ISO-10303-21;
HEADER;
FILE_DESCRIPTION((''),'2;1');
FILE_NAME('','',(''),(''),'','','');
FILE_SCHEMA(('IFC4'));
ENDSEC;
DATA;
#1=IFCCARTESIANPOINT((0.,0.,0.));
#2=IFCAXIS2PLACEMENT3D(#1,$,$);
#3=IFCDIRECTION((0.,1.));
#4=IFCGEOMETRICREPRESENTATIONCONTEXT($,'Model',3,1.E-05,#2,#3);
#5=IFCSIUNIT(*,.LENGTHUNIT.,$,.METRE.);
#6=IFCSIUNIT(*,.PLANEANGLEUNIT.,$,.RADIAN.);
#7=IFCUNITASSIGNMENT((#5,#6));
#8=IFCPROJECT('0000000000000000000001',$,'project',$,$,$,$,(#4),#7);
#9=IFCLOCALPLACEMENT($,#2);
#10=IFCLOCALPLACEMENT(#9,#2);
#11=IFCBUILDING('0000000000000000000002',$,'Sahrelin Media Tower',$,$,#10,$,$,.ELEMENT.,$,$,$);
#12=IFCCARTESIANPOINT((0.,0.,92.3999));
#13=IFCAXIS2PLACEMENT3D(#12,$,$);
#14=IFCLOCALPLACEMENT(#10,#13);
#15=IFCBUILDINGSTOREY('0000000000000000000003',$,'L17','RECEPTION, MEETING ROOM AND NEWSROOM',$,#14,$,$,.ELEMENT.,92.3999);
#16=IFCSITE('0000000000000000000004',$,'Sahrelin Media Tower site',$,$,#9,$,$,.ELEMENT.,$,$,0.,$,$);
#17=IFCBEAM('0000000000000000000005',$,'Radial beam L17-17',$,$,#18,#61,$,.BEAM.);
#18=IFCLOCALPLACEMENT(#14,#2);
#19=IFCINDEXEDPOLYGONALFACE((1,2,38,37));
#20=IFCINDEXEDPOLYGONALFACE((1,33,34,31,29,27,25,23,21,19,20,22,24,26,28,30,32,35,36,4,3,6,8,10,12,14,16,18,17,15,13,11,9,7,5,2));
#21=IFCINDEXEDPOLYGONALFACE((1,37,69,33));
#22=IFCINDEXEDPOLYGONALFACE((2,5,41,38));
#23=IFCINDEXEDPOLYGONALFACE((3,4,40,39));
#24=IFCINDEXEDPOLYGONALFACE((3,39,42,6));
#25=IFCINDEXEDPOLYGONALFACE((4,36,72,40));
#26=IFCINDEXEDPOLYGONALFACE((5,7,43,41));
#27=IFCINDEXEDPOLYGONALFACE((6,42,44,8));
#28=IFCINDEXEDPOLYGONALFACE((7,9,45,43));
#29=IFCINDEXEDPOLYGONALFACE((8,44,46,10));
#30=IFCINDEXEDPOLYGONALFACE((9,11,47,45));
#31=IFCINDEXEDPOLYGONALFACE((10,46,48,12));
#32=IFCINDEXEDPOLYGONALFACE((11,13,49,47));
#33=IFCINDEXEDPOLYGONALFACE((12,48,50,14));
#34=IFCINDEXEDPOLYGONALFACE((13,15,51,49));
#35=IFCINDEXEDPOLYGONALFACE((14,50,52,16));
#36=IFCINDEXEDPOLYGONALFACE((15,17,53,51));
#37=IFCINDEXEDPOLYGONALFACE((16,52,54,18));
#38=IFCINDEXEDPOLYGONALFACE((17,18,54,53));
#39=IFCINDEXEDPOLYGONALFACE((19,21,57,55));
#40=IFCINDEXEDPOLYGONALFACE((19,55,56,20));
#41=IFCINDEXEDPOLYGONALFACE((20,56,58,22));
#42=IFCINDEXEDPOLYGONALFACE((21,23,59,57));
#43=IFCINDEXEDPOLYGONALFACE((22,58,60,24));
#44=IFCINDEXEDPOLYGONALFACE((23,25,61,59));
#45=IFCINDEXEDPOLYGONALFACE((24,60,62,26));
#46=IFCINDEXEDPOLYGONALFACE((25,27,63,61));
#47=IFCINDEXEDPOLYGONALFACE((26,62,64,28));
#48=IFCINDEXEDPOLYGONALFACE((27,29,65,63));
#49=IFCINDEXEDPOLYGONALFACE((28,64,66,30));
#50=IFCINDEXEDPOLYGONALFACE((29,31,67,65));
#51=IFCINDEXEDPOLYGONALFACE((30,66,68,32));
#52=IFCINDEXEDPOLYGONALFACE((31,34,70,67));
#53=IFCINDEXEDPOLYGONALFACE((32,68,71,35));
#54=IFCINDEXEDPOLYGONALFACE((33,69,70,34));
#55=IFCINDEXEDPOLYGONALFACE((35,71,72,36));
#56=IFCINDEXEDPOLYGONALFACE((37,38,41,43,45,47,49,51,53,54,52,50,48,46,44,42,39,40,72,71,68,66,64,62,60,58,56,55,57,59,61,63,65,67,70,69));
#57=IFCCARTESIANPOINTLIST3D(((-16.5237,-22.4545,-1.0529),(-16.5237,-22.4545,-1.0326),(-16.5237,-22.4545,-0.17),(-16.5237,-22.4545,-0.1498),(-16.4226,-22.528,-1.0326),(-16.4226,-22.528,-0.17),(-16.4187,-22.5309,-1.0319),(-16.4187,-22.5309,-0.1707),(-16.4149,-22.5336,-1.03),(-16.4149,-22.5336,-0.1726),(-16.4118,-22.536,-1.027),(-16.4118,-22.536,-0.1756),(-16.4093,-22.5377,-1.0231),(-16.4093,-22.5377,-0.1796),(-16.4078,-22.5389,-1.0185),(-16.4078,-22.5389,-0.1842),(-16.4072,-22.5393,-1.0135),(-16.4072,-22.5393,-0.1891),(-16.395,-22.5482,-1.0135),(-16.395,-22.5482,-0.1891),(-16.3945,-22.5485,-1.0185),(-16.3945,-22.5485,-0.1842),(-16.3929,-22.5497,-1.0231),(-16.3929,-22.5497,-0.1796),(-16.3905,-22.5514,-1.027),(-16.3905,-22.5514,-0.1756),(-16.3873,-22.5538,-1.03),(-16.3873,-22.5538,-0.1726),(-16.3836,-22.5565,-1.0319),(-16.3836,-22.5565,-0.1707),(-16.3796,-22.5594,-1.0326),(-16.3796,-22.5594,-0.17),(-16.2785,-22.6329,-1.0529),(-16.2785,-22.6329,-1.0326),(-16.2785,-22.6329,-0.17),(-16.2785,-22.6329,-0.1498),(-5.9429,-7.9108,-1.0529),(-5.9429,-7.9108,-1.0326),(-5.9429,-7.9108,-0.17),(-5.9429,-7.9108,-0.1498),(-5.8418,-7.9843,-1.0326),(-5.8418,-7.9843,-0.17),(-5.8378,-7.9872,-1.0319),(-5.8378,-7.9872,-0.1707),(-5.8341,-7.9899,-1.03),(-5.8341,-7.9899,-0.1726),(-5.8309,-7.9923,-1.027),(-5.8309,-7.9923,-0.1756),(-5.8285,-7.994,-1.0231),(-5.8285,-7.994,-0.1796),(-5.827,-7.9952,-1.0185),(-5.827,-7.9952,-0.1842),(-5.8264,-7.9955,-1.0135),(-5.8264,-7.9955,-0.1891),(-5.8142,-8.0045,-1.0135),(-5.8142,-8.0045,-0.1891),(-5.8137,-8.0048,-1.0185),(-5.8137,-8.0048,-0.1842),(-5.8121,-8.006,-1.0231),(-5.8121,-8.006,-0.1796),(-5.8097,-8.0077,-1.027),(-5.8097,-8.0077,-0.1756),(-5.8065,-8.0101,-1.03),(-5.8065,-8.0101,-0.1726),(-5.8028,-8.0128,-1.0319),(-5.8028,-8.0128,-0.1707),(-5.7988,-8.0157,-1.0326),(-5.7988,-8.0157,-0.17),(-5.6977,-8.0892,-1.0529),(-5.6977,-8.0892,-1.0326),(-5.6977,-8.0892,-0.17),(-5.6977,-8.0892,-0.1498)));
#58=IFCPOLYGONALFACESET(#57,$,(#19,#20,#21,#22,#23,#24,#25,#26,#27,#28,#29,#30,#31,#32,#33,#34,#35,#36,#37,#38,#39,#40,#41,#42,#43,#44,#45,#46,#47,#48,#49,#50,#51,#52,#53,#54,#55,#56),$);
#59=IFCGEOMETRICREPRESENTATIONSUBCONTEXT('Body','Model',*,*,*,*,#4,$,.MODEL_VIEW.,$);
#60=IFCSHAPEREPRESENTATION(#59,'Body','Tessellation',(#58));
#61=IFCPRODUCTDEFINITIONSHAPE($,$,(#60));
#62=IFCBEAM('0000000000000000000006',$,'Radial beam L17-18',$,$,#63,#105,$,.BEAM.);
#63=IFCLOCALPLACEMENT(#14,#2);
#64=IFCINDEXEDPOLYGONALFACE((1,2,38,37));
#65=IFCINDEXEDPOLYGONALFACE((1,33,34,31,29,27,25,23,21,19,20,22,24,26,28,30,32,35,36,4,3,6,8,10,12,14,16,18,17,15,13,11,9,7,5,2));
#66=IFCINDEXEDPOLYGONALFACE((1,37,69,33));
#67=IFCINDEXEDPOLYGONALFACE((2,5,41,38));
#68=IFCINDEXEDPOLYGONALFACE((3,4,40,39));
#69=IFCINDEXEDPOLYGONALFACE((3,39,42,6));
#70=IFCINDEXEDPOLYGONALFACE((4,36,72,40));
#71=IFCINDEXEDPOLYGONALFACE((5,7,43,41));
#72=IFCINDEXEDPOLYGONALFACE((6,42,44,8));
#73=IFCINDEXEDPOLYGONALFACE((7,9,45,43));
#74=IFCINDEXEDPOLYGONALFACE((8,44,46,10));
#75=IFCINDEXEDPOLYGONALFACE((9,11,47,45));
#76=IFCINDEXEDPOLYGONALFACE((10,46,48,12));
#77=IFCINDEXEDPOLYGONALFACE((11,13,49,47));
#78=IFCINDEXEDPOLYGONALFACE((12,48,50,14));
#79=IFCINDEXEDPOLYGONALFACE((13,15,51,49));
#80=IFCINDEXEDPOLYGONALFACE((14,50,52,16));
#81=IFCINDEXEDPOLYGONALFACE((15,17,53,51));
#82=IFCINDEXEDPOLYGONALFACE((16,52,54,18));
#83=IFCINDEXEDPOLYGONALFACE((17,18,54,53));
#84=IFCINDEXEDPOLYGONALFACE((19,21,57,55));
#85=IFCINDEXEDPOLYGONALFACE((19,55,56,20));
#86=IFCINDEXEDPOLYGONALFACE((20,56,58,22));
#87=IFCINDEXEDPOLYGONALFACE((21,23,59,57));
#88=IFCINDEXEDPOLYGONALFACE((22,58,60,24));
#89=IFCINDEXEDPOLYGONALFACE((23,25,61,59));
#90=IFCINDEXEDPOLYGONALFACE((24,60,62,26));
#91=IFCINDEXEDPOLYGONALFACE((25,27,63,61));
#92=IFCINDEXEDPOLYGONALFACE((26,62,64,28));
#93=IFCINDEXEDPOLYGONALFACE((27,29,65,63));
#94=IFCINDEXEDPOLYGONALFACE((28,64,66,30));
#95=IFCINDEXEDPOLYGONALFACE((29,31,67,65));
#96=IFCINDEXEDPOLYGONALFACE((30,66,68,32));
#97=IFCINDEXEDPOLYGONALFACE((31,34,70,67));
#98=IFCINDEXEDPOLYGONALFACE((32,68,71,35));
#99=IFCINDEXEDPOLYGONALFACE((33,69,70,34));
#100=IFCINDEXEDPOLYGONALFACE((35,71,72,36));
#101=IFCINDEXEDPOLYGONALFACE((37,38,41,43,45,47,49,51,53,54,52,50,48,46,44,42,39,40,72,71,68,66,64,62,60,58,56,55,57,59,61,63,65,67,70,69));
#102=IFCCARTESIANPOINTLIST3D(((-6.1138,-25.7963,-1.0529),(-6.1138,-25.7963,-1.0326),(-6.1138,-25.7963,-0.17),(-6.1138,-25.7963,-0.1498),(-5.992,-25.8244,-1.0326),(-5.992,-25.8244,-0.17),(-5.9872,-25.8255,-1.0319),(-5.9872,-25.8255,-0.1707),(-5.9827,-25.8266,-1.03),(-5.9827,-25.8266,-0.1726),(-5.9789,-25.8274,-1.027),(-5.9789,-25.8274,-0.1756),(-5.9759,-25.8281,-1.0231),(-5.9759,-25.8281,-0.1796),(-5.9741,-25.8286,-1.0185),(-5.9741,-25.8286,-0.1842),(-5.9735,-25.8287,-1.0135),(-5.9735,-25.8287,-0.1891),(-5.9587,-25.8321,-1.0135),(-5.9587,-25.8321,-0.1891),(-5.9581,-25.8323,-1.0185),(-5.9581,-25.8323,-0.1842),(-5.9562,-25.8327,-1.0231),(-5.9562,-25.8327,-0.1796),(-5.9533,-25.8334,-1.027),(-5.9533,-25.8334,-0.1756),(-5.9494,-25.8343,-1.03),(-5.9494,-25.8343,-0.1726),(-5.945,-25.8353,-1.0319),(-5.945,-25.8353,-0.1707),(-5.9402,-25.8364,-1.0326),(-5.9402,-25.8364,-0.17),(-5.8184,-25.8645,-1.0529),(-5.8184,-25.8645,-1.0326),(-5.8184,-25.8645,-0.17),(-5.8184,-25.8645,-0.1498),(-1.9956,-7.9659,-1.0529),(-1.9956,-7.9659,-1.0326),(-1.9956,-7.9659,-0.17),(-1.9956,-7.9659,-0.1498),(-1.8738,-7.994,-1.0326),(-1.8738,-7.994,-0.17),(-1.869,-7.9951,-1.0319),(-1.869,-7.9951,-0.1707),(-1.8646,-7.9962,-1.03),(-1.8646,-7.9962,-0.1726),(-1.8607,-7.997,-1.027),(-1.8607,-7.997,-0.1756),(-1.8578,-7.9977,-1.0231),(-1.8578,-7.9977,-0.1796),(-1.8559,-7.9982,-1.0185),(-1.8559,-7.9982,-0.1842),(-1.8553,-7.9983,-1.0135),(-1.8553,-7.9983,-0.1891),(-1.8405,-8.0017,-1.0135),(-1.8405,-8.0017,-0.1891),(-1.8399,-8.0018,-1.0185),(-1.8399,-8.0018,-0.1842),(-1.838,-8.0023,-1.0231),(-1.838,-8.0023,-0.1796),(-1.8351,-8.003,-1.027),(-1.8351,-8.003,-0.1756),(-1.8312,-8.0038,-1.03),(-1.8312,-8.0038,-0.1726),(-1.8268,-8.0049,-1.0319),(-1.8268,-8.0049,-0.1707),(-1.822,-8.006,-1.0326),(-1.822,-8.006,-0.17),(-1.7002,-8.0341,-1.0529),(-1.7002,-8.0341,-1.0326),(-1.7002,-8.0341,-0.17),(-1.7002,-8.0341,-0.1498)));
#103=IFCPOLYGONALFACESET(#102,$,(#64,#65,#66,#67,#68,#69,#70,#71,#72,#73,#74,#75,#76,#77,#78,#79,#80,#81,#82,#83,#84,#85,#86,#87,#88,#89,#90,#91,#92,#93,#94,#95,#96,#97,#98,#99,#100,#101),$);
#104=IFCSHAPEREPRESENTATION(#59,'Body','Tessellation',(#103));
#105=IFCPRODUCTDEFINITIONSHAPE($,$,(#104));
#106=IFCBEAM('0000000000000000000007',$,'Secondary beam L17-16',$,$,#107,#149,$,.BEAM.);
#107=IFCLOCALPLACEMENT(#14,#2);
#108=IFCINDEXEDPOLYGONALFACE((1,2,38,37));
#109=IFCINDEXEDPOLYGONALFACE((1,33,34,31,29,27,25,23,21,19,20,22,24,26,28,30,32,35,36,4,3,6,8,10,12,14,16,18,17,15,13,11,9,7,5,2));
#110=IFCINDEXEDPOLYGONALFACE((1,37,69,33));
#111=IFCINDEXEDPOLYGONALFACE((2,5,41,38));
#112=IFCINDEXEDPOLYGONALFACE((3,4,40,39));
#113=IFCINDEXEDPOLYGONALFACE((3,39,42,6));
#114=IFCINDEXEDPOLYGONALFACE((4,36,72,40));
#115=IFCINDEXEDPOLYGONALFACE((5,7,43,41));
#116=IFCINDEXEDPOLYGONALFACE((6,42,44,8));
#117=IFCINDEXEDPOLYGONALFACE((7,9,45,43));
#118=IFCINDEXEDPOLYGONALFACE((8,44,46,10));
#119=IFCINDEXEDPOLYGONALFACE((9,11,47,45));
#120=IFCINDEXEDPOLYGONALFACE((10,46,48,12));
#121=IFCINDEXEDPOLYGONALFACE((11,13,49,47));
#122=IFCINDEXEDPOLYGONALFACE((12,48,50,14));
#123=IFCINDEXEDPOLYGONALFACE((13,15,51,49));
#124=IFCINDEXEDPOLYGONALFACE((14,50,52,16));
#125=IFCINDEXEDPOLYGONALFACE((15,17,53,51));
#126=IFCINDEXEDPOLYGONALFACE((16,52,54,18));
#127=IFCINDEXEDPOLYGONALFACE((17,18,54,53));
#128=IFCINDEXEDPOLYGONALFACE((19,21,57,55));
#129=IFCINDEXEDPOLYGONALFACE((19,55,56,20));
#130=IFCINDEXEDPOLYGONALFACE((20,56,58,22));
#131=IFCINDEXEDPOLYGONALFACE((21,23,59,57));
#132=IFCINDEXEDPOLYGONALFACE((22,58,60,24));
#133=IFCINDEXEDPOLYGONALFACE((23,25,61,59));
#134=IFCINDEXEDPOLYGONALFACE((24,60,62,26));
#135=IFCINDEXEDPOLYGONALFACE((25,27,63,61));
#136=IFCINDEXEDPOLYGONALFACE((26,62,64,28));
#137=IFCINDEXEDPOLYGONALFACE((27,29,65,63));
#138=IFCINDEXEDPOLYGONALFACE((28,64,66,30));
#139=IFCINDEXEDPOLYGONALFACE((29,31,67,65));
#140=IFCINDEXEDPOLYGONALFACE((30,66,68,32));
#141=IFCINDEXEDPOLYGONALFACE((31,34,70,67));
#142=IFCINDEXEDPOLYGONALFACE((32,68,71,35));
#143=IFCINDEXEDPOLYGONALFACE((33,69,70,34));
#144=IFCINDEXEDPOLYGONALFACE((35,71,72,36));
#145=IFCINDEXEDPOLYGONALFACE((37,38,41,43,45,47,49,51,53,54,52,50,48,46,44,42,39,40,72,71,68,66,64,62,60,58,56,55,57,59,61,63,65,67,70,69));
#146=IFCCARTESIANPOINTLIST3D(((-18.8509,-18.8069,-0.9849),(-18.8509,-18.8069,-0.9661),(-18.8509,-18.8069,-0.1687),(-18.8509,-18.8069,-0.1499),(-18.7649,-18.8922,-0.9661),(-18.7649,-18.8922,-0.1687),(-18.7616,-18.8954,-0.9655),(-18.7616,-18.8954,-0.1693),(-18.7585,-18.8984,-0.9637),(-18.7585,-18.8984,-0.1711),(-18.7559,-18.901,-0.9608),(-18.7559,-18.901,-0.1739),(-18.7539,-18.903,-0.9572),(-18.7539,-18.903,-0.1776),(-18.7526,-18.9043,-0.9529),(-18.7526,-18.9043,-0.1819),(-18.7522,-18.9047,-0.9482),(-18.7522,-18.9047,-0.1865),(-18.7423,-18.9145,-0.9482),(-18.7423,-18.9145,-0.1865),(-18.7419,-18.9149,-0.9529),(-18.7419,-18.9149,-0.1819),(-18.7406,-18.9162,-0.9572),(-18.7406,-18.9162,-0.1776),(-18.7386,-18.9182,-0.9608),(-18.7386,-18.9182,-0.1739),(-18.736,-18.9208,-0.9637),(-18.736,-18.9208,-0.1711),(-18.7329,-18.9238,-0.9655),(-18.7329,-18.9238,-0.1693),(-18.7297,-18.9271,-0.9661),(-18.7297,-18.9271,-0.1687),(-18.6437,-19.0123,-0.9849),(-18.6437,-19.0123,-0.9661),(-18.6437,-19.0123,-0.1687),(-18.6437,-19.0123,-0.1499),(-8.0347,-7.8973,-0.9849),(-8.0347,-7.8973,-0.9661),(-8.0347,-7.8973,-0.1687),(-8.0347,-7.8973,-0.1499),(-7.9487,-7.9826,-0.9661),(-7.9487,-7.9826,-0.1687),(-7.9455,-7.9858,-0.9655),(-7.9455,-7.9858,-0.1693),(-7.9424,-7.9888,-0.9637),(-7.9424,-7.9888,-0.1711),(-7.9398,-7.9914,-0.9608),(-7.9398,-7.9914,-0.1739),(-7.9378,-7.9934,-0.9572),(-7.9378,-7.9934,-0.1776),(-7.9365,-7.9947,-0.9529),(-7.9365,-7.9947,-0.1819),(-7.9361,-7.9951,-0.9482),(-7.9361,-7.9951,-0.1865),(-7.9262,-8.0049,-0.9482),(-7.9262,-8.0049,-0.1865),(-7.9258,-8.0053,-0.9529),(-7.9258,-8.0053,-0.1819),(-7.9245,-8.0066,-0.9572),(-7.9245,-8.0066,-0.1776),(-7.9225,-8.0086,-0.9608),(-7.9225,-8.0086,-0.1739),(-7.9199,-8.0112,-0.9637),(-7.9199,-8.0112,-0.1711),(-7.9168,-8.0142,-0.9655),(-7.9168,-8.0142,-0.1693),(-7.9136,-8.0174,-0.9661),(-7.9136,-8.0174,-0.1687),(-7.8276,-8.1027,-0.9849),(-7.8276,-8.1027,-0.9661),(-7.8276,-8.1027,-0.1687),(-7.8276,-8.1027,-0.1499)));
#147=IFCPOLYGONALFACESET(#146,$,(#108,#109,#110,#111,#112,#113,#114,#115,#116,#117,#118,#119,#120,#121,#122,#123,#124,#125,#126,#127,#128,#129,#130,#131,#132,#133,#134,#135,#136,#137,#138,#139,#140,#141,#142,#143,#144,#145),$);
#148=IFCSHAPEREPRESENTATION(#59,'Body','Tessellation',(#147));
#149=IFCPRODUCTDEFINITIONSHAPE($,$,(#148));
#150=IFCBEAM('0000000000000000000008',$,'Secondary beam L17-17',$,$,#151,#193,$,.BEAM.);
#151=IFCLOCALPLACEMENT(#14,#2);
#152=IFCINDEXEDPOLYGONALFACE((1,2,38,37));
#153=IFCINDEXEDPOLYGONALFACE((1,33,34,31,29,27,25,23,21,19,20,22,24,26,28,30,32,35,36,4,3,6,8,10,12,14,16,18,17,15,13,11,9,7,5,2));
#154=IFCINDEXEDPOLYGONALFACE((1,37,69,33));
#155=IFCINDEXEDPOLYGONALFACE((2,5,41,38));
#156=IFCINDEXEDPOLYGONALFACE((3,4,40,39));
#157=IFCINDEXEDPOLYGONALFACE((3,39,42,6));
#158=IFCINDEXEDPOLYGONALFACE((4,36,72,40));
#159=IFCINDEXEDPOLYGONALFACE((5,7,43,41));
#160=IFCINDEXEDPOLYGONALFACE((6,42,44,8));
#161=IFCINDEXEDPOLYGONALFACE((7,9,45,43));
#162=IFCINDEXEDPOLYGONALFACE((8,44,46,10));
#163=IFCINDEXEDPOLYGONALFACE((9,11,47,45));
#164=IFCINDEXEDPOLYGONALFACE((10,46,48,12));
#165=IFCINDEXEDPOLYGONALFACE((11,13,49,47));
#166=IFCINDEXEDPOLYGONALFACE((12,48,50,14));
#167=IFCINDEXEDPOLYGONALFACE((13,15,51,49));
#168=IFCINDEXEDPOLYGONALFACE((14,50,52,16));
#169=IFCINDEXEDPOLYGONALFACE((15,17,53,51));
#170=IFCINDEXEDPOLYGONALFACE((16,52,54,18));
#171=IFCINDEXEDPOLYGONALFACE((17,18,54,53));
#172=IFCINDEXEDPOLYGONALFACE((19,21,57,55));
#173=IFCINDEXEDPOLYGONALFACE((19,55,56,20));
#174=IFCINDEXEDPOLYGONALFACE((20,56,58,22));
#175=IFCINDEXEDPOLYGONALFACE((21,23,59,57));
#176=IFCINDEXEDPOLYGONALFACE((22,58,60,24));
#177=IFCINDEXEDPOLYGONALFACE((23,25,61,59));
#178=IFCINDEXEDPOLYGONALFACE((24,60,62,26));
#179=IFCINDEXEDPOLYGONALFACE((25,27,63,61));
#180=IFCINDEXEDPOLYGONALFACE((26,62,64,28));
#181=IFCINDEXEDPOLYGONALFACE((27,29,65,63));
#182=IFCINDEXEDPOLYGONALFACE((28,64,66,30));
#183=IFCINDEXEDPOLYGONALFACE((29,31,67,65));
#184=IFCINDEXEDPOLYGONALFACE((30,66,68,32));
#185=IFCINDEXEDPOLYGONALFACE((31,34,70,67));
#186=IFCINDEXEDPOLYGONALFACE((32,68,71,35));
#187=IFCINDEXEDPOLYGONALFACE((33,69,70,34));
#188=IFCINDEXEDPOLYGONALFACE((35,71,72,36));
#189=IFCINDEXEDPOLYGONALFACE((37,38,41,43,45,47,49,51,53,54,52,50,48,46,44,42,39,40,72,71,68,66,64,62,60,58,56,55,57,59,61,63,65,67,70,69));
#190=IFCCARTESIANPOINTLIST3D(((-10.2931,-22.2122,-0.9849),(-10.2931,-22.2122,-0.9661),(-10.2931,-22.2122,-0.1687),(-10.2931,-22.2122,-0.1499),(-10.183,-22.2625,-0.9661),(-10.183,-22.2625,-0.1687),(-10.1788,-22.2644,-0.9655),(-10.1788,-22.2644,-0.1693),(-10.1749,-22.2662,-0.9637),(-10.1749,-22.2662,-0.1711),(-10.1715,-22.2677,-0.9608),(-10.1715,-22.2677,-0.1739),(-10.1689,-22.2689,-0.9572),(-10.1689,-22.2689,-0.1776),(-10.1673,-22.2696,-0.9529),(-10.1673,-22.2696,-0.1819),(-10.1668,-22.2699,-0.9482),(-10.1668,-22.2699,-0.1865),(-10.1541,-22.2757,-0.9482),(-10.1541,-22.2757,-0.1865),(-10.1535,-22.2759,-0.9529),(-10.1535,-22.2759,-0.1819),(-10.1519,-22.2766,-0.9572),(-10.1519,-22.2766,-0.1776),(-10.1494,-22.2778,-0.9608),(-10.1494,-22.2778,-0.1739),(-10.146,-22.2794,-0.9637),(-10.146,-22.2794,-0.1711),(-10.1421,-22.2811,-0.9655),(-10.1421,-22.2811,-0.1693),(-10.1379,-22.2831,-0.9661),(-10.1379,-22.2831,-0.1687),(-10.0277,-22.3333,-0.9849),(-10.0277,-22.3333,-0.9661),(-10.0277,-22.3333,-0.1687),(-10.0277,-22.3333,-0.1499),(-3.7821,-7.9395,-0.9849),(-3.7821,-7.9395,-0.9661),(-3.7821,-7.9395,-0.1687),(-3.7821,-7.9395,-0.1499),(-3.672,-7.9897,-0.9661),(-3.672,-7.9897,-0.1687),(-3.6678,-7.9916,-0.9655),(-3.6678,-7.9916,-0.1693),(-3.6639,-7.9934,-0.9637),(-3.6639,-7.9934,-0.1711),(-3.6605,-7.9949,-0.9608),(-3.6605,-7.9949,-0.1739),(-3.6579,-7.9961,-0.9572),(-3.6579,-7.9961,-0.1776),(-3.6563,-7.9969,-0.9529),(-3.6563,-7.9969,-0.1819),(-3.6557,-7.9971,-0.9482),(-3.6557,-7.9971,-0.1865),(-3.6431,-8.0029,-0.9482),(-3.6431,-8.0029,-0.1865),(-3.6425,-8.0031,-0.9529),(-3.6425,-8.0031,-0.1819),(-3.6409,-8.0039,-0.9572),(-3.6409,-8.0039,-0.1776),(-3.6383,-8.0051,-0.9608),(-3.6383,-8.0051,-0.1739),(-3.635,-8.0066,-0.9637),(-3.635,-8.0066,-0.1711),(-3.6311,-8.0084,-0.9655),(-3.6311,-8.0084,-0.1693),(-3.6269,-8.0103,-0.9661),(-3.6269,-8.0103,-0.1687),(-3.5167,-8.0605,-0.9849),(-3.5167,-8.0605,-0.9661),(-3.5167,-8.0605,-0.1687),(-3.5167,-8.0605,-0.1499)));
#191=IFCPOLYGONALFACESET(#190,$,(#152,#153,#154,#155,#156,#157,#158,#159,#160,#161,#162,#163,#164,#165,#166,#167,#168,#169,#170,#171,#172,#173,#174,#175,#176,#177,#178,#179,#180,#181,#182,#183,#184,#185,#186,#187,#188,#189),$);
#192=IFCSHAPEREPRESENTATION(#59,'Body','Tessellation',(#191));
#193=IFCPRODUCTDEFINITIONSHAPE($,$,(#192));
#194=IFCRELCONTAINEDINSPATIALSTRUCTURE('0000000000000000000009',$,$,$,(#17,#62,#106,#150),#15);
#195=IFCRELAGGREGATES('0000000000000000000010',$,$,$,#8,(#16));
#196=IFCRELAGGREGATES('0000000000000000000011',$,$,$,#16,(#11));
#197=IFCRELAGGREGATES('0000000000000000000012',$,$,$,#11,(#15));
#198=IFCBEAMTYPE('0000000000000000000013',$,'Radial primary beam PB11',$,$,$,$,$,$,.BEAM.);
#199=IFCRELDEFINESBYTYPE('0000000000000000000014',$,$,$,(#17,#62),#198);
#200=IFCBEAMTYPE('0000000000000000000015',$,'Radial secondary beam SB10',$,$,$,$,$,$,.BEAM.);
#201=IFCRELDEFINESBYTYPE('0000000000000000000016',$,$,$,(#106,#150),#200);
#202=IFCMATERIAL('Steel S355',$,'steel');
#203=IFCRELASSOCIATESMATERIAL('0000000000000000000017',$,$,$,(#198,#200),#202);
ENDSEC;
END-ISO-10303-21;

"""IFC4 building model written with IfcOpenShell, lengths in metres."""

from ifc_helpers import new_model, si_unit, direction, frame, origin, origin_2d, place, context, subcontext, project, spatial, i_section, extrude, material, material_profile, profile_set, type_object, element, save


model = new_model("IFC4")

# Units and contexts
model_context = context("Model", 3, precision=1e-05, world=origin(), true_north=direction((0.0, 1.0)))
body_context = subcontext(model_context, "Body", "Model", "MODEL_VIEW")
ifc_project = project(units=[si_unit("LENGTHUNIT", "METRE"), si_unit("PLANEANGLEUNIT", "RADIAN")], contexts=[model_context])

# Site, building, storey
site_placement = place(None, origin())
site = spatial("IfcSite", under=ifc_project, at=site_placement, Name="Sahrelin Media Tower site", CompositionType="ELEMENT", RefElevation=0.0)
building_placement = place(site_placement, origin())
building = spatial("IfcBuilding", under=site, at=building_placement, Name="Sahrelin Media Tower", CompositionType="ELEMENT")
storey_placement = place(building_placement, frame((0.0, 0.0, 92.3999)))
storey = spatial("IfcBuildingStorey", under=building, at=storey_placement, Name="L17", Description="RECEPTION, MEETING ROOM AND NEWSROOM", CompositionType="ELEMENT", Elevation=92.3999)

# Beams
ifc_material_1 = material(Name="Steel S355", Category="steel")
ifc_material_profile_1 = material_profile(ifc_material_1, i_section(OverallWidth=0.3032, OverallDepth=0.9031, WebThickness=0.0151, FlangeThickness=0.0203, FilletRadius=0.019, at=origin_2d()), Name="UB 914x305x201")
ifc_profile_set_1 = profile_set([ifc_material_profile_1], Name="Steel S355")
beam_type_1 = type_object("IfcBeamType", Name="Radial primary beam PB11", PredefinedType="BEAM", material=ifc_profile_set_1)
beam_1_placement = place(storey_placement, frame((-5.8203, -8.0, -0.6013), z_axis=(-0.588302, -0.808642, 0.0), x_axis=(0.808642, -0.588302, 0.0)))
element("IfcBeam", 1, at=beam_1_placement, inside=storey, type_object=beam_type_1, Name="Radial beam L17-17", PredefinedType="BEAM", context=body_context, shape_type="SweptSolid", body=[
    extrude(i_section(OverallWidth=0.3032, OverallDepth=0.9031, WebThickness=0.0151, FlangeThickness=0.0203, FilletRadius=0.019, at=origin_2d()), origin(), (0.0, 0.0, 1.0), 17.9854),
])
beam_2_placement = place(storey_placement, frame((-1.8479, -8.0, -0.6013), z_axis=(-0.22504, -0.97435, 0.0), x_axis=(0.97435, -0.22504, 0.0)))
element("IfcBeam", 2, at=beam_2_placement, inside=storey, type_object=beam_type_1, Name="Radial beam L17-18", PredefinedType="BEAM", context=body_context, shape_type="SweptSolid", body=[
    extrude(i_section(OverallWidth=0.3032, OverallDepth=0.9031, WebThickness=0.0151, FlangeThickness=0.0203, FilletRadius=0.019, at=origin_2d()), origin(), (0.0, 0.0, 1.0), 18.2998),
])
ifc_material_profile_2 = material_profile(ifc_material_1, i_section(OverallWidth=0.2917, OverallDepth=0.835, WebThickness=0.0139, FlangeThickness=0.0188, FilletRadius=0.0178, at=origin_2d()), Name="UB 838x292x176")
ifc_profile_set_2 = profile_set([ifc_material_profile_2], Name="Steel S355")
beam_type_2 = type_object("IfcBeamType", Name="Radial secondary beam SB10", PredefinedType="BEAM", material=ifc_profile_set_2)
beam_3_placement = place(storey_placement, frame((-7.9312, -8.0, -0.5674), z_axis=(-0.704057, -0.710144, 0.0), x_axis=(0.710144, -0.704057, 0.0)))
element("IfcBeam", 3, at=beam_3_placement, inside=storey, type_object=beam_type_2, Name="Secondary beam L17-16", PredefinedType="BEAM", context=body_context, shape_type="SweptSolid", body=[
    extrude(i_section(OverallWidth=0.2917, OverallDepth=0.835, WebThickness=0.0139, FlangeThickness=0.0188, FilletRadius=0.0178, at=origin_2d()), origin(), (0.0, 0.0, 1.0), 15.3625),
])
beam_4_placement = place(storey_placement, frame((-3.6494, -8.0, -0.5674), z_axis=(-0.415038, -0.909804, 0.0), x_axis=(0.909804, -0.415038, 0.0)))
element("IfcBeam", 4, at=beam_4_placement, inside=storey, type_object=beam_type_2, Name="Secondary beam L17-17", PredefinedType="BEAM", context=body_context, shape_type="SweptSolid", body=[
    extrude(i_section(OverallWidth=0.2917, OverallDepth=0.835, WebThickness=0.0139, FlangeThickness=0.0188, FilletRadius=0.0178, at=origin_2d()), origin(), (0.0, 0.0, 1.0), 15.6877),
])

save(model, "model.ifc")
